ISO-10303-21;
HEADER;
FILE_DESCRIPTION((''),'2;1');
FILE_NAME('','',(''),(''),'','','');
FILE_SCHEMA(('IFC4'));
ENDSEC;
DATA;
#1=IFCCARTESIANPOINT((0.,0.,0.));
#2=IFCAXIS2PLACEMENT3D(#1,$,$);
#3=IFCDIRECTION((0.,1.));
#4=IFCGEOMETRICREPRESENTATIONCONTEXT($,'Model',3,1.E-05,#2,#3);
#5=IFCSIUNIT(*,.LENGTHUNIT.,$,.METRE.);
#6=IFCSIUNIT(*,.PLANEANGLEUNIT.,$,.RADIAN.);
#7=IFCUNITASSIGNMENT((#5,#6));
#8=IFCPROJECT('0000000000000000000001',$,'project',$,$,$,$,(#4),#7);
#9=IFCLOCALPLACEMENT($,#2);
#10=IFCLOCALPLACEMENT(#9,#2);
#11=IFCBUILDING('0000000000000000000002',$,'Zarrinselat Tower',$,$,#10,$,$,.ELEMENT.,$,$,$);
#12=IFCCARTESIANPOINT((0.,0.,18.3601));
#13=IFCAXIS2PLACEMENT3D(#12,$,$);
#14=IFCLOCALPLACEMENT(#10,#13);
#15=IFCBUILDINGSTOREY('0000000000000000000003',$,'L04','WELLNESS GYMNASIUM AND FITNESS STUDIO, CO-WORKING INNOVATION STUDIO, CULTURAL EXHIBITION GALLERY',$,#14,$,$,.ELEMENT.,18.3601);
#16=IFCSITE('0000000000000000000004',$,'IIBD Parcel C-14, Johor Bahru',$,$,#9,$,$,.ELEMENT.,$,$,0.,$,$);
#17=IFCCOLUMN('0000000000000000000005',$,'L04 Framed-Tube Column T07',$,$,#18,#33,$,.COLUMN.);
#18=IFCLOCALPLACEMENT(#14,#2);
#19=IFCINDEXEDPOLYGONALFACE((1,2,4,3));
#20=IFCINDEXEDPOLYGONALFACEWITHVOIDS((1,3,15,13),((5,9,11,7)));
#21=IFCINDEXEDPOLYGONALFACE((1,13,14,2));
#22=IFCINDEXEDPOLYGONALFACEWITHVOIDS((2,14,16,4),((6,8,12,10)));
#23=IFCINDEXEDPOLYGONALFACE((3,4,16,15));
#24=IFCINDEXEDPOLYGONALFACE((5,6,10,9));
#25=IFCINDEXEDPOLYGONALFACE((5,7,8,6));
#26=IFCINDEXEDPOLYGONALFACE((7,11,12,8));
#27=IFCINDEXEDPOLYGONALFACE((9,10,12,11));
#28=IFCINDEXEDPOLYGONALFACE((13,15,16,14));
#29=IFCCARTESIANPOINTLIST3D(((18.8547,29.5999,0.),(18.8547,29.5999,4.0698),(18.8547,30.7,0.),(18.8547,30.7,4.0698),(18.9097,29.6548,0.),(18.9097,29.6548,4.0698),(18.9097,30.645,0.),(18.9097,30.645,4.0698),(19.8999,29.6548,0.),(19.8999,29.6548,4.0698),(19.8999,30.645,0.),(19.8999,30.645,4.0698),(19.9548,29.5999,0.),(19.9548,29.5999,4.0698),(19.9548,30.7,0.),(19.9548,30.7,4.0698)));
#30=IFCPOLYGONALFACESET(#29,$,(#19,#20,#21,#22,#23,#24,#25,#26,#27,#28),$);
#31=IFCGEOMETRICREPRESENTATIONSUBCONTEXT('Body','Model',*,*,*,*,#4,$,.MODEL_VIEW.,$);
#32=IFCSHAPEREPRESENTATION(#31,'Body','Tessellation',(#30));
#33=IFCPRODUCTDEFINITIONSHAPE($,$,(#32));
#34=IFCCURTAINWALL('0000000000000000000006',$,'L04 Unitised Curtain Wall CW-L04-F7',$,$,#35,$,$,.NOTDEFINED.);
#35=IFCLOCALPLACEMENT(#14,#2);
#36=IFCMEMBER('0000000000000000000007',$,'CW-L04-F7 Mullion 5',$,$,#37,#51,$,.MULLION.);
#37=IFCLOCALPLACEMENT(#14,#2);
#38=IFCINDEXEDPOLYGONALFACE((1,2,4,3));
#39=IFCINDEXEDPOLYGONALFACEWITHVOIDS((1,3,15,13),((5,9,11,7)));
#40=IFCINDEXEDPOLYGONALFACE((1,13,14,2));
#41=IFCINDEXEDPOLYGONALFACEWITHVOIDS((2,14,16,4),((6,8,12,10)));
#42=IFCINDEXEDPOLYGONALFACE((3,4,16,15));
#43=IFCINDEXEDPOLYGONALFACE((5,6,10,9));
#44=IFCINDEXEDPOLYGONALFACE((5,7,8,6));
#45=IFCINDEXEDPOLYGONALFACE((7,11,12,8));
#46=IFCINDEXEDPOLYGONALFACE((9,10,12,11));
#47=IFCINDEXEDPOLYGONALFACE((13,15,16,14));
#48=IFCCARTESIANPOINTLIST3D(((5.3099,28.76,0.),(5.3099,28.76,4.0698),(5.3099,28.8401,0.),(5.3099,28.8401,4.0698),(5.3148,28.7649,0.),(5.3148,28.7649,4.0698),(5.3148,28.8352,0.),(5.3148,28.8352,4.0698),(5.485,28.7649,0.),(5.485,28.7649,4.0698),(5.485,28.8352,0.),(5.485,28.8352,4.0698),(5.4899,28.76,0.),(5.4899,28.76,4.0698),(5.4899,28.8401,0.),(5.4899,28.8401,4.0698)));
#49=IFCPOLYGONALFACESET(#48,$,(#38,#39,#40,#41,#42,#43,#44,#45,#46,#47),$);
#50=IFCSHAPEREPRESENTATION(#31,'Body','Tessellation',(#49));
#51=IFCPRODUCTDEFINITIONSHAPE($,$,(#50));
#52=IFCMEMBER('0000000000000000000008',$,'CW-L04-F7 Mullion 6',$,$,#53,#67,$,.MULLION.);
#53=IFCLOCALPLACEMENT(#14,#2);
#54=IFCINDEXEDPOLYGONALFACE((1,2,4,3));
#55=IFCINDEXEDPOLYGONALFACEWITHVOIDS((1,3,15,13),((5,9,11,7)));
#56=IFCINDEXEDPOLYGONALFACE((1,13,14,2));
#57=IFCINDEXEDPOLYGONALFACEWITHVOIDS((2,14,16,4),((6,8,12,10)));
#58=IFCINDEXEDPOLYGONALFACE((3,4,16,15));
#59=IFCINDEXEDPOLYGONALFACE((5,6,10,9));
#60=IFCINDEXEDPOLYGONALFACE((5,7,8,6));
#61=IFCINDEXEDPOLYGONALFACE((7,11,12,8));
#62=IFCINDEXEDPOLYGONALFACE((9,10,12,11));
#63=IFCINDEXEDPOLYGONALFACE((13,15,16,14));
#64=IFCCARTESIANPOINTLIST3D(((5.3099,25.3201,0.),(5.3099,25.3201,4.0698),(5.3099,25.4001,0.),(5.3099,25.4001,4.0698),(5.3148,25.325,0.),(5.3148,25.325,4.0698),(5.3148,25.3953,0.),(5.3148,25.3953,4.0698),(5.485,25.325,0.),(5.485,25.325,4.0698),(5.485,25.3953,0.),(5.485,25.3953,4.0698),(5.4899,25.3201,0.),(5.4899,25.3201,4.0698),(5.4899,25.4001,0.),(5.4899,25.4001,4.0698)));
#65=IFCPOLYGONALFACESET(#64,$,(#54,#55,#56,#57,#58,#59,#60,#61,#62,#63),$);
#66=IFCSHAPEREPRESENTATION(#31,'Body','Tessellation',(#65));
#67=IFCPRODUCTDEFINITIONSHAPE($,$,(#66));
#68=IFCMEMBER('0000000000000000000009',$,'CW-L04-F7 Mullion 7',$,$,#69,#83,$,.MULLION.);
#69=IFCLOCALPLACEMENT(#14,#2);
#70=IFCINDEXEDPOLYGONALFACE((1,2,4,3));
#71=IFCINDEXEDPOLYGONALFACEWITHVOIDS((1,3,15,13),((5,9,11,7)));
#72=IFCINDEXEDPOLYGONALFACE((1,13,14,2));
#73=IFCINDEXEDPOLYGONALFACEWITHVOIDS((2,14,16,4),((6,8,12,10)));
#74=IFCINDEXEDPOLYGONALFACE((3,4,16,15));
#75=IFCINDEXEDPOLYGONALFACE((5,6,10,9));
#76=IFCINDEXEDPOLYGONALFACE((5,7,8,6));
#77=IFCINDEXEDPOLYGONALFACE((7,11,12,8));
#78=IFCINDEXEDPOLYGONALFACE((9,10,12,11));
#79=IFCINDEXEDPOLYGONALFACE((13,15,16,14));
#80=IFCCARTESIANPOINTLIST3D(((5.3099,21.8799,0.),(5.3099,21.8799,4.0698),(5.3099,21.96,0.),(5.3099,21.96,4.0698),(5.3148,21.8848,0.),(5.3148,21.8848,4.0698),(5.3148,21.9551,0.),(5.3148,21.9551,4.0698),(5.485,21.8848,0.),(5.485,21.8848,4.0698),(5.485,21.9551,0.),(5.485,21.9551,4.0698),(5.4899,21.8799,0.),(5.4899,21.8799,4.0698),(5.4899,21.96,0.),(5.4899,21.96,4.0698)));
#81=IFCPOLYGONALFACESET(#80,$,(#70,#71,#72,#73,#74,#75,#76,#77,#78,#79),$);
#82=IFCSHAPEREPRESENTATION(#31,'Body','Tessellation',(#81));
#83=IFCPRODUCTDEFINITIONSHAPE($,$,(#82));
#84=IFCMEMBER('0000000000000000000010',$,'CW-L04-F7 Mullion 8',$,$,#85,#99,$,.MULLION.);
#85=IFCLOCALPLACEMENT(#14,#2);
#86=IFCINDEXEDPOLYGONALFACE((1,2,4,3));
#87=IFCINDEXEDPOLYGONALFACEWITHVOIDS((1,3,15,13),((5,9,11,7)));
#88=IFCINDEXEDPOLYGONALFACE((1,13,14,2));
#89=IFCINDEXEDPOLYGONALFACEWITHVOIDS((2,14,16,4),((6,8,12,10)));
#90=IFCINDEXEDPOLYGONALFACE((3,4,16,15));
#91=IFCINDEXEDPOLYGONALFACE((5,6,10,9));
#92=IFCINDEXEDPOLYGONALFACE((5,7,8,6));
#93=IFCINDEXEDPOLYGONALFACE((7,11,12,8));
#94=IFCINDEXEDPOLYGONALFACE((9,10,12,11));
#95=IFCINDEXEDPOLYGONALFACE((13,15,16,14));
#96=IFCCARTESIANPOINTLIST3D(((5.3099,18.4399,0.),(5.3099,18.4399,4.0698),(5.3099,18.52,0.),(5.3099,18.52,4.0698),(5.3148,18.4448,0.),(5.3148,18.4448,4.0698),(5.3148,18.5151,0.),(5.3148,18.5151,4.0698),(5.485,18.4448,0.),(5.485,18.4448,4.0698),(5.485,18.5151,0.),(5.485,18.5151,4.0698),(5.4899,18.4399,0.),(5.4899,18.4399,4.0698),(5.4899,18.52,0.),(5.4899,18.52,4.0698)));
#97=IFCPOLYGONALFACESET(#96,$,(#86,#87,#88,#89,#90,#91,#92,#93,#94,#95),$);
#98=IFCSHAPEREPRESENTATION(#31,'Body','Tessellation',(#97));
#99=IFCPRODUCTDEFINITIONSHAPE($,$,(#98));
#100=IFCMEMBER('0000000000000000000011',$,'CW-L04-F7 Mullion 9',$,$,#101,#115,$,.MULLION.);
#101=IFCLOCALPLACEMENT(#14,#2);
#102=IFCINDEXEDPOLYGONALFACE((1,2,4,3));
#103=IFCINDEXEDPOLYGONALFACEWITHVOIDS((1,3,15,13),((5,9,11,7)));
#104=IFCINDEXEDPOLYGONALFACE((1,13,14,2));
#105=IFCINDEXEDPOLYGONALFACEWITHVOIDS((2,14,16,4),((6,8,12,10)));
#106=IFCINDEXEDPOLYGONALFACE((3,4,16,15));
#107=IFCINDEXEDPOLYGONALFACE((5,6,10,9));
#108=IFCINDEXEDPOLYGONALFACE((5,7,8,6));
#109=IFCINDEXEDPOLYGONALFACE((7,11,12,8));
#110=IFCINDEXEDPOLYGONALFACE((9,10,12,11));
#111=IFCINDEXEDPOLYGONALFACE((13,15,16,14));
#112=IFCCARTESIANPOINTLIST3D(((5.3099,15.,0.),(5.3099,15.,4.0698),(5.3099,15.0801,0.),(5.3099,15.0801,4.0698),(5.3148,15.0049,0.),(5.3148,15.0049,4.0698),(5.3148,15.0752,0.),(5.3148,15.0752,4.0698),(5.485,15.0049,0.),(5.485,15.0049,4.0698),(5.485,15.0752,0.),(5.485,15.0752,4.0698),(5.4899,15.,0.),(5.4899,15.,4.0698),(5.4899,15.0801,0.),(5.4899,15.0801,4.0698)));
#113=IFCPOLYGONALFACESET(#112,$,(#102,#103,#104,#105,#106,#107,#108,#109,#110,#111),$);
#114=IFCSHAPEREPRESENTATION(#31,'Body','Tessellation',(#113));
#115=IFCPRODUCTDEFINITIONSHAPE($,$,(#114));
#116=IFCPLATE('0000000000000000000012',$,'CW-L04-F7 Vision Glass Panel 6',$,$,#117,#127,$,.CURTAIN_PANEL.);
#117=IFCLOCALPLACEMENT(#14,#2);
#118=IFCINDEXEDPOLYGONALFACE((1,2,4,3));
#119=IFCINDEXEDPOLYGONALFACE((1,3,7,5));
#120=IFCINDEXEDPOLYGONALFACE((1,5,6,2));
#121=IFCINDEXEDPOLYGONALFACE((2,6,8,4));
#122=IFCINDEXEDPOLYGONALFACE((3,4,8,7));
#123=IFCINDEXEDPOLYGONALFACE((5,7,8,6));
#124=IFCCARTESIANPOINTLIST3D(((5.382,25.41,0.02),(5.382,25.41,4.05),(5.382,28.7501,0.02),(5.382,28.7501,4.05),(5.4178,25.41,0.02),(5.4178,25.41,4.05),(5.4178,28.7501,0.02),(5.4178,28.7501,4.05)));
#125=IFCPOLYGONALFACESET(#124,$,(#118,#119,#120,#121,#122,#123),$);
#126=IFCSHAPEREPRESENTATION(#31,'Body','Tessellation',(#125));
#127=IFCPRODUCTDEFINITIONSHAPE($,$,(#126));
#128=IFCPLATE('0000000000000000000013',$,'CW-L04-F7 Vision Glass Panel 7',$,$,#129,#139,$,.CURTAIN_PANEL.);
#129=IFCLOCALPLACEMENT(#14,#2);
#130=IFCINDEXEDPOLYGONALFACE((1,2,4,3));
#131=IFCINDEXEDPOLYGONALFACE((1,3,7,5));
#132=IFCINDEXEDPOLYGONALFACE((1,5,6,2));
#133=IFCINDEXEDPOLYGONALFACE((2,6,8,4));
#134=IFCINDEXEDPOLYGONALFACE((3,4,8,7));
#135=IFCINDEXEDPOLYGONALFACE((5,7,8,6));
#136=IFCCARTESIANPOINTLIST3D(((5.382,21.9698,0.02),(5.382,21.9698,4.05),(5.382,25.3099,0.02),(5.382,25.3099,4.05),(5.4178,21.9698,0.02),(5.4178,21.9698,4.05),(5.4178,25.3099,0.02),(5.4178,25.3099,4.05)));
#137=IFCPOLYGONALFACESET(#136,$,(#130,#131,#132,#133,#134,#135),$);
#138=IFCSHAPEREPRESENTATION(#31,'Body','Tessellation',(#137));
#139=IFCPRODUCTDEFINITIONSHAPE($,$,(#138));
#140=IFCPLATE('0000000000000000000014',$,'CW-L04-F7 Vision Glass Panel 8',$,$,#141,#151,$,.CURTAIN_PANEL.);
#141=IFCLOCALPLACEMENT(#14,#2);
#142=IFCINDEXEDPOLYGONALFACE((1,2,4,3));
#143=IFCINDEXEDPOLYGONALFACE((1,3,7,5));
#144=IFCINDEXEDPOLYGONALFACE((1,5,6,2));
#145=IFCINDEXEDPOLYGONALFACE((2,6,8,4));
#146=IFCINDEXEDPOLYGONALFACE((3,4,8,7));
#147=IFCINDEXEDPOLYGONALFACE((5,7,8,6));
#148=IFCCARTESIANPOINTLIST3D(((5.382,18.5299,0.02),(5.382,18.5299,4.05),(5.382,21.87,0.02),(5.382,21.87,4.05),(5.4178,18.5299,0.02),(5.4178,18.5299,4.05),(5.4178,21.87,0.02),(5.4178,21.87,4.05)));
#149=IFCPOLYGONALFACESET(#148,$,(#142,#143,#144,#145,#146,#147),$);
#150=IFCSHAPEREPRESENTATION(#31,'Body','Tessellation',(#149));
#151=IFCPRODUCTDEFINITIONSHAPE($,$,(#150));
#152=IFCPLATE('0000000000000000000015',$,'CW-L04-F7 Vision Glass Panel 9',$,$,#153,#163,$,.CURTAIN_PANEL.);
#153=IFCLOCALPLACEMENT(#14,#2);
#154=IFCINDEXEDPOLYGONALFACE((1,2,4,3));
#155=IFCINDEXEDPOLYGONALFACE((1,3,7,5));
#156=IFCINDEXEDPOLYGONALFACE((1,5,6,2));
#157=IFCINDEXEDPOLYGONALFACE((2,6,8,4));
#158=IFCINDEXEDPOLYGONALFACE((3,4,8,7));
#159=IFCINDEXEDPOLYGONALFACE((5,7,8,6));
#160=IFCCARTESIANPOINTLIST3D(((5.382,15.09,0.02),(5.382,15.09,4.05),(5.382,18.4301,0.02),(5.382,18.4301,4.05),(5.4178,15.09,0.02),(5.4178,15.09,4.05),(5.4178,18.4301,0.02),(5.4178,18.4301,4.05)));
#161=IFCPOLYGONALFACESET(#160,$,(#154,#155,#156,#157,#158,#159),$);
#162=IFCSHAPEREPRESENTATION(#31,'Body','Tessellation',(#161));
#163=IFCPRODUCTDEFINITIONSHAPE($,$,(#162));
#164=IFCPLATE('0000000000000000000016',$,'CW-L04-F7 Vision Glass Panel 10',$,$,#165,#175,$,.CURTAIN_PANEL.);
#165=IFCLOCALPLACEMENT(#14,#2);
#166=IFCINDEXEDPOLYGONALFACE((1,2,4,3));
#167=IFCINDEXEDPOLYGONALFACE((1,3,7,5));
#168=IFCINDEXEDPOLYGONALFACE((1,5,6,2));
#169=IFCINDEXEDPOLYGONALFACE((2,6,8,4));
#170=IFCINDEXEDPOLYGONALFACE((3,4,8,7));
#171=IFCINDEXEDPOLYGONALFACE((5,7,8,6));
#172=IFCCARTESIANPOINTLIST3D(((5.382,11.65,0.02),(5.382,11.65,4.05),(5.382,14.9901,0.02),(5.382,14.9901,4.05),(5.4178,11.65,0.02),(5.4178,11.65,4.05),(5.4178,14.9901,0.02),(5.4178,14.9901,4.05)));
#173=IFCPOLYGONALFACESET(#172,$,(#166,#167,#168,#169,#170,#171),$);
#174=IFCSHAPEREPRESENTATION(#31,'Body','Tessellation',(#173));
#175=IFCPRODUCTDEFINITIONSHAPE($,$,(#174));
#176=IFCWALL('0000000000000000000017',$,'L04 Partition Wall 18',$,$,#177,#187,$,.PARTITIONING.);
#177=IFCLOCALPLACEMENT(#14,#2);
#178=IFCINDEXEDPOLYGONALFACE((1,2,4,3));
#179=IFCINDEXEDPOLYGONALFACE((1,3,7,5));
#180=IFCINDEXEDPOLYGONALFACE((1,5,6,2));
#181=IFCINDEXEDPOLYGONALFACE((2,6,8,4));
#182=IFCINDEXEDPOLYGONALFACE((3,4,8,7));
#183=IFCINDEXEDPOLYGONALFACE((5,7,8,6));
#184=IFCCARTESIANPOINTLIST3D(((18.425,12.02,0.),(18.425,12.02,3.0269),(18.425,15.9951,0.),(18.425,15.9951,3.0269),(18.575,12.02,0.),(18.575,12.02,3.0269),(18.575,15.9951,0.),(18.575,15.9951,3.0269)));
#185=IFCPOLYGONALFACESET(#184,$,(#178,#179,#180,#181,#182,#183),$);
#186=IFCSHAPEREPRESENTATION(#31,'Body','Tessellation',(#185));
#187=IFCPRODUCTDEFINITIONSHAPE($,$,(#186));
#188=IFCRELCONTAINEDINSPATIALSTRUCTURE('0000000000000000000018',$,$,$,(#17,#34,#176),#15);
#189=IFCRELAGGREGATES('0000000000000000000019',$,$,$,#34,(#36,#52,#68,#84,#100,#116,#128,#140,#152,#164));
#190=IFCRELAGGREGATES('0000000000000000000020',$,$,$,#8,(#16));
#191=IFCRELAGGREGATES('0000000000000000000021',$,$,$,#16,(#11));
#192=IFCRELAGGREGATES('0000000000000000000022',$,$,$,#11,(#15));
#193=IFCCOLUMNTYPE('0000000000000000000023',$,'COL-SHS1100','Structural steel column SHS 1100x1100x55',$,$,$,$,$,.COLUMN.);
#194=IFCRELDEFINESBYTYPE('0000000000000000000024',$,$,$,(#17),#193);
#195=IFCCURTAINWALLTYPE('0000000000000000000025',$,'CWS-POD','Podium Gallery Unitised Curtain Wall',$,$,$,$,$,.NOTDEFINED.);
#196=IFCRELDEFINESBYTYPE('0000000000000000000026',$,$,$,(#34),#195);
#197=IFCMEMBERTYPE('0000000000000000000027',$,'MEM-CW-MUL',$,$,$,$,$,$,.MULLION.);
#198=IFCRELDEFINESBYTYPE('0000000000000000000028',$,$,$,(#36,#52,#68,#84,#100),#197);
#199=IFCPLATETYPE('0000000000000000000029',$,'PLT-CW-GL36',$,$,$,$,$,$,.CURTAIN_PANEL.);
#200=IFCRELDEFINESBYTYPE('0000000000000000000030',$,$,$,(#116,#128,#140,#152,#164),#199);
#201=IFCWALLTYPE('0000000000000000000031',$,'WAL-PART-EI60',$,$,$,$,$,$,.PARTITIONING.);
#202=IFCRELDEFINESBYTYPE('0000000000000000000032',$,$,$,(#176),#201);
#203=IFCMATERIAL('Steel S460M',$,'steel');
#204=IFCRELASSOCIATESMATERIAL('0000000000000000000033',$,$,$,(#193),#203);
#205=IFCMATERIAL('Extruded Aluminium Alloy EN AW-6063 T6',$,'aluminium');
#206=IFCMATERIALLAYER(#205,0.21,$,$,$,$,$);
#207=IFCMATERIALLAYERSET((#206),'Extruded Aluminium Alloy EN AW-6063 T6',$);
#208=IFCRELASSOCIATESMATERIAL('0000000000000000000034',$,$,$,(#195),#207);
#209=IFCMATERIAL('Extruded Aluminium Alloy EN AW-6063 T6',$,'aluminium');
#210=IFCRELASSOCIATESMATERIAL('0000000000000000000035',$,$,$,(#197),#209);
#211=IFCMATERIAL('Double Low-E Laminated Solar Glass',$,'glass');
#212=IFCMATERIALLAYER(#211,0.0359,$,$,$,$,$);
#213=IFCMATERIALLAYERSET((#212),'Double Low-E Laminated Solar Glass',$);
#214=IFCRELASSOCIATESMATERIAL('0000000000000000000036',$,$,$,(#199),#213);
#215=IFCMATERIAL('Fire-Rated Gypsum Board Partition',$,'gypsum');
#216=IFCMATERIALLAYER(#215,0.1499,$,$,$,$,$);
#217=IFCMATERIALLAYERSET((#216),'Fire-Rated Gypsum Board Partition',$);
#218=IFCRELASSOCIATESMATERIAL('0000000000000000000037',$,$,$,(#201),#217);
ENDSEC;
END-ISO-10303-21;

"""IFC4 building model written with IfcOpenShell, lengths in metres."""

from ifc_helpers import new_model, si_unit, direction, frame, frame_2d, origin, origin_2d, place, context, subcontext, project, spatial, rectangle, hollow_rectangle, extrude, material, layer, layer_set, material_profile, profile_set, type_object, element, aggregate, save


model = new_model("IFC4")

# Units and contexts
model_context = context("Model", 3, precision=1e-05, world=origin(), true_north=direction((0.0, 1.0)))
body_context = subcontext(model_context, "Body", "Model", "MODEL_VIEW")
ifc_project = project(units=[si_unit("LENGTHUNIT", "METRE"), si_unit("PLANEANGLEUNIT", "RADIAN")], contexts=[model_context])

# Site, building, storey
site_placement = place(None, origin())
site = spatial("IfcSite", under=ifc_project, at=site_placement, Name="IIBD Parcel C-14, Johor Bahru", CompositionType="ELEMENT", RefElevation=0.0)
building_placement = place(site_placement, origin())
building = spatial("IfcBuilding", under=site, at=building_placement, Name="Zarrinselat Tower", CompositionType="ELEMENT")
storey_placement = place(building_placement, frame((0.0, 0.0, 18.3601)))
storey = spatial("IfcBuildingStorey", under=building, at=storey_placement, Name="L04", Description="WELLNESS GYMNASIUM AND FITNESS STUDIO, CO-WORKING INNOVATION STUDIO, CULTURAL EXHIBITION GALLERY", CompositionType="ELEMENT", Elevation=18.3601)

# Column
ifc_material_1 = material(Name="Steel S460M", Category="steel")
ifc_material_profile_1 = material_profile(ifc_material_1, hollow_rectangle(XDim=1.1001, YDim=1.1001, WallThickness=0.0549, at=origin_2d()), Name="SHS 1100x1100x55")
ifc_profile_set_1 = profile_set([ifc_material_profile_1], Name="Steel S460M")
column_type = type_object("IfcColumnType", Name="COL-SHS1100", Description="Structural steel column SHS 1100x1100x55", PredefinedType="COLUMN", material=ifc_profile_set_1)
column_placement = place(storey_placement, frame((19.4048, 30.1499, 0.0), z_axis=(0.0, 0.0, 1.0), x_axis=(1.0, 0.0, 0.0)))
element("IfcColumn", 1, at=column_placement, inside=storey, type_object=column_type, Name="L04 Framed-Tube Column T07", PredefinedType="COLUMN", context=body_context, shape_type="SweptSolid", body=[
    extrude(hollow_rectangle(XDim=1.1001, YDim=1.1001, WallThickness=0.0549, at=origin_2d()), origin(), (0.0, 0.0, 1.0), 4.0698),
])

# Curtain wall, members, plates
ifc_material_2 = material(Name="Extruded Aluminium Alloy EN AW-6063 T6", Category="aluminium")
ifc_layer_1 = layer(ifc_material_2, 0.21)
ifc_layer_set_1 = layer_set([ifc_layer_1], Name="Extruded Aluminium Alloy EN AW-6063 T6")
curtain_wall_type = type_object("IfcCurtainWallType", Name="CWS-POD", Description="Podium Gallery Unitised Curtain Wall", PredefinedType="NOTDEFINED", material=ifc_layer_set_1)
curtain_wall_placement = place(storey_placement, origin())
curtain_wall = element("IfcCurtainWall", 2, at=curtain_wall_placement, inside=storey, type_object=curtain_wall_type, Name="L04 Unitised Curtain Wall CW-L04-F7", PredefinedType="NOTDEFINED")
ifc_material_3 = material(Name="Extruded Aluminium Alloy EN AW-6063 T6", Category="aluminium")
ifc_material_profile_2 = material_profile(ifc_material_3, hollow_rectangle(XDim=0.0801, YDim=0.1799, WallThickness=0.0049, at=origin_2d()), Name="RHS 180x80x5")
ifc_profile_set_2 = profile_set([ifc_material_profile_2], Name="Extruded Aluminium Alloy EN AW-6063 T6")
member_type = type_object("IfcMemberType", Name="MEM-CW-MUL", PredefinedType="MULLION", material=ifc_profile_set_2)
member_1_placement = place(storey_placement, frame((5.3999, 28.8, 0.0), z_axis=(0.0, 0.0, 1.0), x_axis=(0.0, -1.0, 0.0)))
member_1 = element("IfcMember", 3, at=member_1_placement, type_object=member_type, Name="CW-L04-F7 Mullion 5", PredefinedType="MULLION", context=body_context, shape_type="SweptSolid", body=[
    extrude(hollow_rectangle(XDim=0.0801, YDim=0.1799, WallThickness=0.0049, at=origin_2d()), origin(), (0.0, 0.0, 1.0), 4.0698),
])
member_2_placement = place(storey_placement, frame((5.3999, 25.3601, 0.0), z_axis=(0.0, 0.0, 1.0), x_axis=(0.0, -1.0, 0.0)))
member_2 = element("IfcMember", 4, at=member_2_placement, type_object=member_type, Name="CW-L04-F7 Mullion 6", PredefinedType="MULLION", context=body_context, shape_type="SweptSolid", body=[
    extrude(hollow_rectangle(XDim=0.0801, YDim=0.1799, WallThickness=0.0049, at=origin_2d()), origin(), (0.0, 0.0, 1.0), 4.0698),
])
member_3_placement = place(storey_placement, frame((5.3999, 21.9199, 0.0), z_axis=(0.0, 0.0, 1.0), x_axis=(0.0, -1.0, 0.0)))
member_3 = element("IfcMember", 5, at=member_3_placement, type_object=member_type, Name="CW-L04-F7 Mullion 7", PredefinedType="MULLION", context=body_context, shape_type="SweptSolid", body=[
    extrude(hollow_rectangle(XDim=0.0801, YDim=0.1799, WallThickness=0.0049, at=origin_2d()), origin(), (0.0, 0.0, 1.0), 4.0698),
])
member_4_placement = place(storey_placement, frame((5.3999, 18.48, 0.0), z_axis=(0.0, 0.0, 1.0), x_axis=(0.0, -1.0, 0.0)))
member_4 = element("IfcMember", 6, at=member_4_placement, type_object=member_type, Name="CW-L04-F7 Mullion 8", PredefinedType="MULLION", context=body_context, shape_type="SweptSolid", body=[
    extrude(hollow_rectangle(XDim=0.0801, YDim=0.1799, WallThickness=0.0049, at=origin_2d()), origin(), (0.0, 0.0, 1.0), 4.0698),
])
member_5_placement = place(storey_placement, frame((5.3999, 15.04, 0.0), z_axis=(0.0, 0.0, 1.0), x_axis=(0.0, -1.0, 0.0)))
member_5 = element("IfcMember", 7, at=member_5_placement, type_object=member_type, Name="CW-L04-F7 Mullion 9", PredefinedType="MULLION", context=body_context, shape_type="SweptSolid", body=[
    extrude(hollow_rectangle(XDim=0.0801, YDim=0.1799, WallThickness=0.0049, at=origin_2d()), origin(), (0.0, 0.0, 1.0), 4.0698),
])
ifc_material_4 = material(Name="Double Low-E Laminated Solar Glass", Category="glass")
ifc_layer_2 = layer(ifc_material_4, 0.0359)
ifc_layer_set_2 = layer_set([ifc_layer_2], Name="Double Low-E Laminated Solar Glass")
plate_type = type_object("IfcPlateType", Name="PLT-CW-GL36", PredefinedType="CURTAIN_PANEL", material=ifc_layer_set_2)
plate_1_placement = place(storey_placement, frame((5.3999, 27.0801, 0.02), z_axis=(0.0, 0.0, 1.0), x_axis=(0.0, -1.0, 0.0)))
plate_1 = element("IfcPlate", 8, at=plate_1_placement, type_object=plate_type, Name="CW-L04-F7 Vision Glass Panel 6", PredefinedType="CURTAIN_PANEL", context=body_context, shape_type="SweptSolid", body=[
    extrude(rectangle(XDim=3.3401, YDim=0.0359, at=origin_2d()), origin(), (0.0, 0.0, 1.0), 4.03),
])
plate_2_placement = place(storey_placement, frame((5.3999, 23.6399, 0.02), z_axis=(0.0, 0.0, 1.0), x_axis=(0.0, -1.0, 0.0)))
plate_2 = element("IfcPlate", 9, at=plate_2_placement, type_object=plate_type, Name="CW-L04-F7 Vision Glass Panel 7", PredefinedType="CURTAIN_PANEL", context=body_context, shape_type="SweptSolid", body=[
    extrude(rectangle(XDim=3.3401, YDim=0.0359, at=origin_2d()), origin(), (0.0, 0.0, 1.0), 4.03),
])
plate_3_placement = place(storey_placement, frame((5.3999, 20.2, 0.02), z_axis=(0.0, 0.0, 1.0), x_axis=(0.0, -1.0, 0.0)))
plate_3 = element("IfcPlate", 10, at=plate_3_placement, type_object=plate_type, Name="CW-L04-F7 Vision Glass Panel 8", PredefinedType="CURTAIN_PANEL", context=body_context, shape_type="SweptSolid", body=[
    extrude(rectangle(XDim=3.3401, YDim=0.0359, at=origin_2d()), origin(), (0.0, 0.0, 1.0), 4.03),
])
plate_4_placement = place(storey_placement, frame((5.3999, 16.76, 0.02), z_axis=(0.0, 0.0, 1.0), x_axis=(0.0, -1.0, 0.0)))
plate_4 = element("IfcPlate", 11, at=plate_4_placement, type_object=plate_type, Name="CW-L04-F7 Vision Glass Panel 9", PredefinedType="CURTAIN_PANEL", context=body_context, shape_type="SweptSolid", body=[
    extrude(rectangle(XDim=3.3401, YDim=0.0359, at=origin_2d()), origin(), (0.0, 0.0, 1.0), 4.03),
])
plate_5_placement = place(storey_placement, frame((5.3999, 13.3201, 0.02), z_axis=(0.0, 0.0, 1.0), x_axis=(0.0, -1.0, 0.0)))
plate_5 = element("IfcPlate", 12, at=plate_5_placement, type_object=plate_type, Name="CW-L04-F7 Vision Glass Panel 10", PredefinedType="CURTAIN_PANEL", context=body_context, shape_type="SweptSolid", body=[
    extrude(rectangle(XDim=3.3401, YDim=0.0359, at=origin_2d()), origin(), (0.0, 0.0, 1.0), 4.03),
])
aggregate(curtain_wall, [member_1, member_2, member_3, member_4, member_5, plate_1, plate_2, plate_3, plate_4, plate_5])

# Wall
ifc_material_5 = material(Name="Fire-Rated Gypsum Board Partition", Category="gypsum")
ifc_layer_3 = layer(ifc_material_5, 0.1499)
ifc_layer_set_3 = layer_set([ifc_layer_3], Name="Fire-Rated Gypsum Board Partition")
wall_type_1 = type_object("IfcWallType", Name="WAL-PART-EI60", PredefinedType="PARTITIONING", material=ifc_layer_set_3)
wall_1_placement = place(storey_placement, frame((18.5, 12.02, 0.0), z_axis=(0.0, 0.0, 1.0), x_axis=(0.0, 1.0, 0.0)))
element("IfcWall", 13, at=wall_1_placement, inside=storey, type_object=wall_type_1, Name="L04 Partition Wall 18", PredefinedType="PARTITIONING", context=body_context, shape_type="SweptSolid", body=[
    extrude(rectangle(XDim=3.9751, YDim=0.1499, at=frame_2d((1.9875, 0.0))), origin(), (0.0, 0.0, 1.0), 3.0269),
])

save(model, "model.ifc")
